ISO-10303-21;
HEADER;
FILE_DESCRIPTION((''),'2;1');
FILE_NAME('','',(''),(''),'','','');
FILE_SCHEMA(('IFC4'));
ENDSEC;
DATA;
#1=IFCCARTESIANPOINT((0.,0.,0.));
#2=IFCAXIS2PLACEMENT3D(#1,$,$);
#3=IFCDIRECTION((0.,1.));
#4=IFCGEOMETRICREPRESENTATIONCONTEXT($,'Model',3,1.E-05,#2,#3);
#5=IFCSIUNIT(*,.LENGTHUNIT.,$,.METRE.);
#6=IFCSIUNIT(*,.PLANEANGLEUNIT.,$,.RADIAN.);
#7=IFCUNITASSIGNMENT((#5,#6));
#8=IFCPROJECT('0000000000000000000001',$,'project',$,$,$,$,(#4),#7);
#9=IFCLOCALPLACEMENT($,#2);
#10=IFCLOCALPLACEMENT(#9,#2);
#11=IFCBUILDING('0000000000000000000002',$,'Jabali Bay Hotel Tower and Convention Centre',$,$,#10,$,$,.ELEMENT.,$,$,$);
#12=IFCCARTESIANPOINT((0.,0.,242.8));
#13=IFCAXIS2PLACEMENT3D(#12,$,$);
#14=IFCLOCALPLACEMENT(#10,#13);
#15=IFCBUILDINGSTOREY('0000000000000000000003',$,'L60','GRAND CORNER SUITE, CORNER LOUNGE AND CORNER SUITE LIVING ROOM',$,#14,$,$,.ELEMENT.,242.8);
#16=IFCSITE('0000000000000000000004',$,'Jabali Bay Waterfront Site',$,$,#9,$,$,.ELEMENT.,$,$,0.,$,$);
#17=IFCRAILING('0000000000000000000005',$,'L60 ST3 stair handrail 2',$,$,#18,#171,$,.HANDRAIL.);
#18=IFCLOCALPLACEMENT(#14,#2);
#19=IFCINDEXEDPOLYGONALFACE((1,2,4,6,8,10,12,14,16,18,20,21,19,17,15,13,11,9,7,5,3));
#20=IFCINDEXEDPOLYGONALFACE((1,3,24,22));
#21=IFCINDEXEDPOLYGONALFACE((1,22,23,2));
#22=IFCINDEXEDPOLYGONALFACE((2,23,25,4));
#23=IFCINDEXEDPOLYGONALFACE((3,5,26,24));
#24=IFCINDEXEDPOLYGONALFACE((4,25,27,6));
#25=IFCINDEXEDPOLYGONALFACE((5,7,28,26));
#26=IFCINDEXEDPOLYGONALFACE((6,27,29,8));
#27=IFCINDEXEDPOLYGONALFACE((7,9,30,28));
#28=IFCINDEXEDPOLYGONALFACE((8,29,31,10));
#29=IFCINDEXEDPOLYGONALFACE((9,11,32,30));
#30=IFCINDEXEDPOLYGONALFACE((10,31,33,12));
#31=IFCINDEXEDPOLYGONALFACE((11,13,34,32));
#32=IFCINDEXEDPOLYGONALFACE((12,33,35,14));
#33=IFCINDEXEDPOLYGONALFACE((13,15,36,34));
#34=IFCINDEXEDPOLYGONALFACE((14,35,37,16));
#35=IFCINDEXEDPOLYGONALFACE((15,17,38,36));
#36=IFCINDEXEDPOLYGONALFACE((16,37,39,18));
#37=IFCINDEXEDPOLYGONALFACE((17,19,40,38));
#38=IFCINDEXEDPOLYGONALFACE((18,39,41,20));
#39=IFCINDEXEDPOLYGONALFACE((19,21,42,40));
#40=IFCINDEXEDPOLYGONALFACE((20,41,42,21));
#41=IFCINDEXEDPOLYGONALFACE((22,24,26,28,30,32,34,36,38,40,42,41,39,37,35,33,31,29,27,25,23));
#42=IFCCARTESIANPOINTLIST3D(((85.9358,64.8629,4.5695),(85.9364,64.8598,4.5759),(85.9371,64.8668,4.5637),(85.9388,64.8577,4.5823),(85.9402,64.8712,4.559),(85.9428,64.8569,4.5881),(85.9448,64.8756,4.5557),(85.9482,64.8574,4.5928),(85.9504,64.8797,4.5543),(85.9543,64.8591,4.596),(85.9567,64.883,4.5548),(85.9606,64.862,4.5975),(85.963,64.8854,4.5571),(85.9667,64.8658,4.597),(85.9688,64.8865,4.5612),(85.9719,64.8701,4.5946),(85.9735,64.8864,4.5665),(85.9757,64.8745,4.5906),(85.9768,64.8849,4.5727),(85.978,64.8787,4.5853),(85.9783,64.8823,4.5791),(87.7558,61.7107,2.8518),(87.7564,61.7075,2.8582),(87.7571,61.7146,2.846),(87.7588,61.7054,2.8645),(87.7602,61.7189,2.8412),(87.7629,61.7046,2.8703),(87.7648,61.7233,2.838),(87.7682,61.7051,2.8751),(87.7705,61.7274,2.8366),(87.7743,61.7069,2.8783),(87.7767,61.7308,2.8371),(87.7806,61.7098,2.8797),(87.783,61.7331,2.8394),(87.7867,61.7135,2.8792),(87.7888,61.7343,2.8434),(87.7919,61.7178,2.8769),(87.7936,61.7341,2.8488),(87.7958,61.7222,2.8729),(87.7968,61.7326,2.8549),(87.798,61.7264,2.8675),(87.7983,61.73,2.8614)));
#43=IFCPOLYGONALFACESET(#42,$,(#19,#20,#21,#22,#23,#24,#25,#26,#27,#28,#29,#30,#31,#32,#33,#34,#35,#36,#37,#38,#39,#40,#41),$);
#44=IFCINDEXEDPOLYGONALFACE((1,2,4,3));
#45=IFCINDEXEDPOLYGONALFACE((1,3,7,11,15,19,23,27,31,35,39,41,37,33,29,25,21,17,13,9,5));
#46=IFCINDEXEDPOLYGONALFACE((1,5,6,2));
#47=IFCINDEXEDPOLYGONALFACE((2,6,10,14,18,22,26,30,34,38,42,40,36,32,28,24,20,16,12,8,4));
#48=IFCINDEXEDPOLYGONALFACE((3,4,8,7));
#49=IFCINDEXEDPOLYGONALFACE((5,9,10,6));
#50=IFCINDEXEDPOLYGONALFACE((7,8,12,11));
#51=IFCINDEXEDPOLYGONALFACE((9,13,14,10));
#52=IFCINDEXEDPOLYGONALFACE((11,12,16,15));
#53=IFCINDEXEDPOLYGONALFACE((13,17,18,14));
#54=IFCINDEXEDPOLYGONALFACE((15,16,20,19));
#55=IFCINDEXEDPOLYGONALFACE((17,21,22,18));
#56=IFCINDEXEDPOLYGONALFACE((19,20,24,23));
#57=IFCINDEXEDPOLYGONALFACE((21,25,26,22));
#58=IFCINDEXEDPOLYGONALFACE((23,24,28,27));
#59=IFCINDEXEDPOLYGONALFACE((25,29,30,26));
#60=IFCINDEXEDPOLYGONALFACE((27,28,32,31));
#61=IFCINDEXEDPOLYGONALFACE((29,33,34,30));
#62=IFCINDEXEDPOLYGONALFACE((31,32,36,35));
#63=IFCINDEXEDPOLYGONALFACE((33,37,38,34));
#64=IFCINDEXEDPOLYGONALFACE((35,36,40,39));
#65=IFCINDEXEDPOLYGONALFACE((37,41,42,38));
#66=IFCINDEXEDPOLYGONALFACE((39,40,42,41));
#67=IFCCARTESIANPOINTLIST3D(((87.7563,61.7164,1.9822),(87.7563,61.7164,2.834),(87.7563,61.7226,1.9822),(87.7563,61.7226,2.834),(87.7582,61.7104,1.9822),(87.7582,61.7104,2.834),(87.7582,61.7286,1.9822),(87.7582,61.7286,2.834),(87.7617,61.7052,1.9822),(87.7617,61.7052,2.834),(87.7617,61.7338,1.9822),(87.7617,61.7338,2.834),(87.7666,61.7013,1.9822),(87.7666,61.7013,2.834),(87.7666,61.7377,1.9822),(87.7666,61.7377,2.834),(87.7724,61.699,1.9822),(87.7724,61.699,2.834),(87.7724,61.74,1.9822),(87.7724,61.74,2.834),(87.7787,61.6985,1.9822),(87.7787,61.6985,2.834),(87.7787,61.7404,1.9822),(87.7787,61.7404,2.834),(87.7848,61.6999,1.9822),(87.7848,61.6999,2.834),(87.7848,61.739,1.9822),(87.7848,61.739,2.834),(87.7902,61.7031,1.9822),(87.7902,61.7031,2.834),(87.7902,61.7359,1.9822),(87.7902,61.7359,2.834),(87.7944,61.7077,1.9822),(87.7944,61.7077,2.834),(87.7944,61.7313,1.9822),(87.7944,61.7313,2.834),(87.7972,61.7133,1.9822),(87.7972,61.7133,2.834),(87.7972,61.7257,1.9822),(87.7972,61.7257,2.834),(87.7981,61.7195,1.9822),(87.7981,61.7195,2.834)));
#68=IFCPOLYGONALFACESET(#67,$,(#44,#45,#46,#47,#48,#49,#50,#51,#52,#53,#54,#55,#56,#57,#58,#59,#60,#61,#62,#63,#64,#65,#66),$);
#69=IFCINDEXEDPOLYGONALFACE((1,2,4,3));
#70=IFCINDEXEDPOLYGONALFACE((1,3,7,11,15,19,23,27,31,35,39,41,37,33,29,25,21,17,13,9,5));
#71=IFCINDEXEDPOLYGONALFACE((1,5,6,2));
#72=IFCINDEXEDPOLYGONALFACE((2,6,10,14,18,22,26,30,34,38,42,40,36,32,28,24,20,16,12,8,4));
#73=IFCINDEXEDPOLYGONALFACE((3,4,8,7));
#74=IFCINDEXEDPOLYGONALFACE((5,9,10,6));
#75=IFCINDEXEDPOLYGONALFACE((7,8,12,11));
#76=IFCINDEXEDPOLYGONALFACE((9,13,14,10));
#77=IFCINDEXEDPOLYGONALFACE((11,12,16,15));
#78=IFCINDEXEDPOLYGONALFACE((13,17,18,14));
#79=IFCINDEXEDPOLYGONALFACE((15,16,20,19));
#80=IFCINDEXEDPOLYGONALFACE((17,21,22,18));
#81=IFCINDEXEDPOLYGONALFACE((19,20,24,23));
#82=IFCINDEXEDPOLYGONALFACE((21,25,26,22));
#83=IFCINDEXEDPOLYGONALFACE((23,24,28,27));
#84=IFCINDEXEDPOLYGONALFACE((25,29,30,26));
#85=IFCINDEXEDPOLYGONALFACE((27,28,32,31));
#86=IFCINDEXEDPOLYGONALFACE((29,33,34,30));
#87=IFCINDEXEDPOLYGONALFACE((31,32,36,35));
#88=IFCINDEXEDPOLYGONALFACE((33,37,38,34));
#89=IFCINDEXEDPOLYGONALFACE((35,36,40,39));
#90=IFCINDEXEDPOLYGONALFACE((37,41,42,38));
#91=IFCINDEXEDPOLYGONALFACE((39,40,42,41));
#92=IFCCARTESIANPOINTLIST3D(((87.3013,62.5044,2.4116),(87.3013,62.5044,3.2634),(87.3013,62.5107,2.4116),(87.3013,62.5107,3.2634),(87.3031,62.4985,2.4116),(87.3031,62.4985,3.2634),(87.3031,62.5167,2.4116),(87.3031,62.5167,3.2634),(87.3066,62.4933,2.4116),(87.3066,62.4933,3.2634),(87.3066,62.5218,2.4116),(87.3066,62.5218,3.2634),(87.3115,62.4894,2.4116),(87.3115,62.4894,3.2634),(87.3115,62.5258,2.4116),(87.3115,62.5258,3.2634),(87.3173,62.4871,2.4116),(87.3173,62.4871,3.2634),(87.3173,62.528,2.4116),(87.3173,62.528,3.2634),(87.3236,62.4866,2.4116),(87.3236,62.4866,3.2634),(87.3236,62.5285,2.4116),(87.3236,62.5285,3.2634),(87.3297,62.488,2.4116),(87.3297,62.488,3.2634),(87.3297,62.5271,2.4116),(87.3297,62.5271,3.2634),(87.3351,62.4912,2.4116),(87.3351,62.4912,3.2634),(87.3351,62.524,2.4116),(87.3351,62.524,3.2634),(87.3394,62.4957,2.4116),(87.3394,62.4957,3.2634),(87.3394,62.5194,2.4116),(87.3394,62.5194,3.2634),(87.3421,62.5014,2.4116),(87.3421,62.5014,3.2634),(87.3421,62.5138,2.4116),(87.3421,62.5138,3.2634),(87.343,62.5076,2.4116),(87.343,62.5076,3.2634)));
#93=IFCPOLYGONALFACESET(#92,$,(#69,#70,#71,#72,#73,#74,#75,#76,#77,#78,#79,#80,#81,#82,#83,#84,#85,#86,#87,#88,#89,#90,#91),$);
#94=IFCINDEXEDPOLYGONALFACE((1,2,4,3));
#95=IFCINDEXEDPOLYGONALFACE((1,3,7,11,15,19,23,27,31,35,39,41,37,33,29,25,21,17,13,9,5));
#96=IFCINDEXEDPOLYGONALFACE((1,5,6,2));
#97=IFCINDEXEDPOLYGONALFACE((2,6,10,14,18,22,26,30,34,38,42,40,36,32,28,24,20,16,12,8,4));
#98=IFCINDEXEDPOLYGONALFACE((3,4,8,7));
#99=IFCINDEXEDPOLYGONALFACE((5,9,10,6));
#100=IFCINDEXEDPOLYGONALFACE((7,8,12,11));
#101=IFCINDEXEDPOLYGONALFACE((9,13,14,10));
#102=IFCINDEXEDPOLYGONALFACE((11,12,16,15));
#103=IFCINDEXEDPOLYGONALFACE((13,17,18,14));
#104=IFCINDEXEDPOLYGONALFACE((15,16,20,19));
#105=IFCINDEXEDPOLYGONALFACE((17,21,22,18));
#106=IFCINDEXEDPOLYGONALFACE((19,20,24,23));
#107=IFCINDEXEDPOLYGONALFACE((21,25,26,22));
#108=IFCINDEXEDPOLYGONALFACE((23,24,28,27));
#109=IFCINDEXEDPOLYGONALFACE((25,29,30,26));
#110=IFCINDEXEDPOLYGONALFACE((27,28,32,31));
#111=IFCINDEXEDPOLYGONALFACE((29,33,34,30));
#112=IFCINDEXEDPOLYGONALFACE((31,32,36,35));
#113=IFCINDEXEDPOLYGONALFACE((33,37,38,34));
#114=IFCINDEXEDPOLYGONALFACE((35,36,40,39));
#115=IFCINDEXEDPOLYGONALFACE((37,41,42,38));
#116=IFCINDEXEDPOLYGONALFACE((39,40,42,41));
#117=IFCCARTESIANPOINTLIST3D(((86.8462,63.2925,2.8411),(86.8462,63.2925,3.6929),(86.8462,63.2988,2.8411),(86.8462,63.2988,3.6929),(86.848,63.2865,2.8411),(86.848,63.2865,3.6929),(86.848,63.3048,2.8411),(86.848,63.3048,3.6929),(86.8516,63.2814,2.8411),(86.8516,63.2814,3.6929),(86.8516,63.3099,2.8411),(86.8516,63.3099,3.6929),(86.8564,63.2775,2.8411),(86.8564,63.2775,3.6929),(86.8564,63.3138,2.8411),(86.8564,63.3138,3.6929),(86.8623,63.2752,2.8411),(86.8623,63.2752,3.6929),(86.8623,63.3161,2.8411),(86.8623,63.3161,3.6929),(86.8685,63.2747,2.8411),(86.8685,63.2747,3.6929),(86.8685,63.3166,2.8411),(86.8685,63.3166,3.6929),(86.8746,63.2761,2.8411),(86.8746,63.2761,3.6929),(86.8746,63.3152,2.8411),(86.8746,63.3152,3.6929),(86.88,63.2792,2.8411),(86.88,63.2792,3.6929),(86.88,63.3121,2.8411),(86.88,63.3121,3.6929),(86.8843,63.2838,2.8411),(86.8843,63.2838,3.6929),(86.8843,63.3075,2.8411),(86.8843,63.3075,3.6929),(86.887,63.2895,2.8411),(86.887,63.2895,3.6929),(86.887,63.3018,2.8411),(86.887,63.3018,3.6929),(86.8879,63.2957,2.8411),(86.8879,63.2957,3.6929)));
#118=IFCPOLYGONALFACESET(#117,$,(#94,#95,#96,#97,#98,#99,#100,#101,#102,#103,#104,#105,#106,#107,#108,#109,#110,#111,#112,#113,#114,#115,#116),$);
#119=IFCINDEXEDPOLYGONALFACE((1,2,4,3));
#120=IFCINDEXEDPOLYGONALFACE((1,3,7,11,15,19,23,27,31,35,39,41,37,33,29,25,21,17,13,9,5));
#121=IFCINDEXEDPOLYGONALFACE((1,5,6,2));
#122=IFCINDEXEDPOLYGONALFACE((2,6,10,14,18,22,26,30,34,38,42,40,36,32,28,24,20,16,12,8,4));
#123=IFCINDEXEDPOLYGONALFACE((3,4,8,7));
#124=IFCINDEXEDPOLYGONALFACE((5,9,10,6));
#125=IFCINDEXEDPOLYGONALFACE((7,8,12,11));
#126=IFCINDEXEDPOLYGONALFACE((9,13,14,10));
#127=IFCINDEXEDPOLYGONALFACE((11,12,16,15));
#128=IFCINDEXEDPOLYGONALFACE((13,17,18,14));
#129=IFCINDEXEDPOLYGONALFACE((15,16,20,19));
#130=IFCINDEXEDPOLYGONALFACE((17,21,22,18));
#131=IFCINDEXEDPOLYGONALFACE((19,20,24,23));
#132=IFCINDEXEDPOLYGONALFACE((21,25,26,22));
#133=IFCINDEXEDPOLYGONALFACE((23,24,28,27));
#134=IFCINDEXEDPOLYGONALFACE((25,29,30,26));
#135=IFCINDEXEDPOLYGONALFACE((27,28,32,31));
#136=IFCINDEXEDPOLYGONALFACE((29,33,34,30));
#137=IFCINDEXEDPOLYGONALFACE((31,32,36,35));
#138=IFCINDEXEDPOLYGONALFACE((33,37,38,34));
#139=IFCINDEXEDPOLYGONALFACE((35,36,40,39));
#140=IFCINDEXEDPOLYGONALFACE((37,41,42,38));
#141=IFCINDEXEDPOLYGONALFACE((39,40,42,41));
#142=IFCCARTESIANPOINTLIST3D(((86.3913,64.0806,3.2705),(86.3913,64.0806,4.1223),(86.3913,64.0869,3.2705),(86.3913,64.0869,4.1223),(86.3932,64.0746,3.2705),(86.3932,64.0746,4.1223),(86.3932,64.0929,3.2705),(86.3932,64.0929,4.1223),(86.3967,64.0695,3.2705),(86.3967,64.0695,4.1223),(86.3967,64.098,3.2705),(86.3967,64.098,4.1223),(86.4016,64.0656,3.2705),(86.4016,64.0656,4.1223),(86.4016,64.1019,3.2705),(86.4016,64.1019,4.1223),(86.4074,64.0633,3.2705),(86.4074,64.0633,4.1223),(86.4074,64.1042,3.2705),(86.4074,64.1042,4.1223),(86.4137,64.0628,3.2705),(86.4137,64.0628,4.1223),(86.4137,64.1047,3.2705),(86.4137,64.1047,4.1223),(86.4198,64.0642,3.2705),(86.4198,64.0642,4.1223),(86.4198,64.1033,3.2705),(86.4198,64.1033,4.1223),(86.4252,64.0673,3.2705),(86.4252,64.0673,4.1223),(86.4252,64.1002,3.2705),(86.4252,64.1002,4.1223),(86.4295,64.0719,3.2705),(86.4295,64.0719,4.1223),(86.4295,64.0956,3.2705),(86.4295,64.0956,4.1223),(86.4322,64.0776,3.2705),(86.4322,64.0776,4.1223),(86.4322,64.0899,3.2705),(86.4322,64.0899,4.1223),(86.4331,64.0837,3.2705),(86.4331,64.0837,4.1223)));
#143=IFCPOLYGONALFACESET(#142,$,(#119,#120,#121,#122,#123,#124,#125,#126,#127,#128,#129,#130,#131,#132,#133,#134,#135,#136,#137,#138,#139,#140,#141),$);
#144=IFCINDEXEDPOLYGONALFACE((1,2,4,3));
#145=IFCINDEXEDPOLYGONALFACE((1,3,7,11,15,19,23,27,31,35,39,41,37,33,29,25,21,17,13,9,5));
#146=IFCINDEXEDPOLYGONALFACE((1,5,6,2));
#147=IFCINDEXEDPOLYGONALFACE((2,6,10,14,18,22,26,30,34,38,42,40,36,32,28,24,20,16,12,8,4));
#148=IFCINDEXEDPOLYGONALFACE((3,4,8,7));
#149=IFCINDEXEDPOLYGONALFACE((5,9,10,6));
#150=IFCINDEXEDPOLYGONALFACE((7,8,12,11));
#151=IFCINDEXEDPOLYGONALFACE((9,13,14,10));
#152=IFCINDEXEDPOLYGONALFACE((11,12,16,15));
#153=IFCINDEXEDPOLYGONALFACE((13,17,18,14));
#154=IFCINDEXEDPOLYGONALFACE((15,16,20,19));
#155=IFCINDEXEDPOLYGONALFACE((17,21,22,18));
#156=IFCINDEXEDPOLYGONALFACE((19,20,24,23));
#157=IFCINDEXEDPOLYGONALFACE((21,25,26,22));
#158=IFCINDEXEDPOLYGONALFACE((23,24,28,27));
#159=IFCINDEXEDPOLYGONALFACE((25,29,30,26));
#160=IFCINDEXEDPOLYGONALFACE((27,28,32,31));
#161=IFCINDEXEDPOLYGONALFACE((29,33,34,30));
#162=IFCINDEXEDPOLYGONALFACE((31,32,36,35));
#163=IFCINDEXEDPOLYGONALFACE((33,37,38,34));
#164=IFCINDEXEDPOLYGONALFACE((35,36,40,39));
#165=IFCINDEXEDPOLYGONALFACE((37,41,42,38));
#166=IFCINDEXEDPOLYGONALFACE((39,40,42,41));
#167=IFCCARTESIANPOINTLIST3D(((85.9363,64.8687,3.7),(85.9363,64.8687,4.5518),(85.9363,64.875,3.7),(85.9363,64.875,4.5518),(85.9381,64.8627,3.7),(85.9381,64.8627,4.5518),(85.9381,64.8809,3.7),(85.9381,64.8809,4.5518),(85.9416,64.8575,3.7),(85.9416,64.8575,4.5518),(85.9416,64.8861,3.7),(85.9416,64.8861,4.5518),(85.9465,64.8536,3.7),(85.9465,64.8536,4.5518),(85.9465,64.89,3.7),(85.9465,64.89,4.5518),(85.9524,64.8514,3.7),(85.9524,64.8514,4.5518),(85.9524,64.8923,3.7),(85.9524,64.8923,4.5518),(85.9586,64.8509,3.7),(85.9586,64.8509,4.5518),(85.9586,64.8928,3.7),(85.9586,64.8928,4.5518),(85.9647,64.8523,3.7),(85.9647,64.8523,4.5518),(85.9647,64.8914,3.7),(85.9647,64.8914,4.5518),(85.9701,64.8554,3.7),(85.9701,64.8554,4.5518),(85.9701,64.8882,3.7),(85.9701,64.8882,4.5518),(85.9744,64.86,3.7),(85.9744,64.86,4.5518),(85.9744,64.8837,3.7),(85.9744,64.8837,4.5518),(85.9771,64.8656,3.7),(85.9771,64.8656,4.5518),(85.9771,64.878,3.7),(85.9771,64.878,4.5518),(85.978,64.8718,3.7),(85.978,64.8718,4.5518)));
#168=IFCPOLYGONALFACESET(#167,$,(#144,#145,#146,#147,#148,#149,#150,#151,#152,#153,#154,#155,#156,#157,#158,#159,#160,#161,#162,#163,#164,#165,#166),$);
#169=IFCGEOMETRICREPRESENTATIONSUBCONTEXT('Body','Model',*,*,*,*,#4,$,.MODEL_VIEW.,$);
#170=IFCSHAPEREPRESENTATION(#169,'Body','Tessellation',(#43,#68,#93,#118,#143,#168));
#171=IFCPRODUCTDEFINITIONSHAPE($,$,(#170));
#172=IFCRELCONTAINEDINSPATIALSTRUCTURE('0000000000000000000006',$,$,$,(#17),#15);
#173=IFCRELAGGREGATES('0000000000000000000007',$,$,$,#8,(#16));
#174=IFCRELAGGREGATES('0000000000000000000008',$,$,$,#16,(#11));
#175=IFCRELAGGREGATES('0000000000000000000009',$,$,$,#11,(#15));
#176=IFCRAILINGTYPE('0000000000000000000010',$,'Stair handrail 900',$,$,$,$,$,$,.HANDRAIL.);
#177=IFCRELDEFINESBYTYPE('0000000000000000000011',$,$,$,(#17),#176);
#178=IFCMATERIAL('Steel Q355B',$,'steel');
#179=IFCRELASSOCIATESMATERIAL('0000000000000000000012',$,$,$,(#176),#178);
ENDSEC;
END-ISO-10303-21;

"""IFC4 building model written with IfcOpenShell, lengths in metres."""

from ifc_helpers import new_model, si_unit, direction, frame, origin, origin_2d, place, context, subcontext, project, spatial, circle, extrude, material, type_object, element, save


model = new_model("IFC4")

# Units and contexts
model_context = context("Model", 3, precision=1e-05, world=origin(), true_north=direction((0.0, 1.0)))
body_context = subcontext(model_context, "Body", "Model", "MODEL_VIEW")
ifc_project = project(units=[si_unit("LENGTHUNIT", "METRE"), si_unit("PLANEANGLEUNIT", "RADIAN")], contexts=[model_context])

# Site, building, storey
site_placement = place(None, origin())
site = spatial("IfcSite", under=ifc_project, at=site_placement, Name="Jabali Bay Waterfront Site", CompositionType="ELEMENT", RefElevation=0.0)
building_placement = place(site_placement, origin())
building = spatial("IfcBuilding", under=site, at=building_placement, Name="Jabali Bay Hotel Tower and Convention Centre", CompositionType="ELEMENT")
storey_placement = place(building_placement, frame((0.0, 0.0, 242.8)))
storey = spatial("IfcBuildingStorey", under=building, at=storey_placement, Name="L60", Description="GRAND CORNER SUITE, CORNER LOUNGE AND CORNER SUITE LIVING ROOM", CompositionType="ELEMENT", Elevation=242.8)

# Railing
ifc_material_1 = material(Name="Steel Q355B", Category="steel")
railing_type_1 = type_object("IfcRailingType", Name="Stair handrail 900", PredefinedType="HANDRAIL", material=ifc_material_1)
railing_1_placement = place(storey_placement, frame((87.7771, 61.7195, 1.9822)))
element("IfcRailing", 1, at=railing_1_placement, inside=storey, type_object=railing_type_1, Name="L60 ST3 stair handrail 2", PredefinedType="HANDRAIL", context=body_context, shape_type="SweptSolid", body=[
    extrude(circle(Radius=0.0239, at=origin_2d()), frame((0.0, 0.0, 0.876), z_axis=(-0.45219, 0.78319, 0.426775), x_axis=(-0.866018, -0.500013, 0.0)), (0.0, 0.0, 1.0), 4.0249),
    extrude(circle(Radius=0.021, at=origin_2d()), origin(), (0.0, 0.0, 1.0), 0.8518),
    extrude(circle(Radius=0.021, at=origin_2d()), frame((-0.4551, 0.7881, 0.4294)), (0.0, 0.0, 1.0), 0.8518),
    extrude(circle(Radius=0.021, at=origin_2d()), frame((-0.9102, 1.5762, 0.8589)), (0.0, 0.0, 1.0), 0.8518),
    extrude(circle(Radius=0.021, at=origin_2d()), frame((-1.365, 2.3643, 1.2883)), (0.0, 0.0, 1.0), 0.8518),
    extrude(circle(Radius=0.021, at=origin_2d()), frame((-1.8201, 3.1523, 1.7178)), (0.0, 0.0, 1.0), 0.8518),
])

save(model, "model.ifc")
